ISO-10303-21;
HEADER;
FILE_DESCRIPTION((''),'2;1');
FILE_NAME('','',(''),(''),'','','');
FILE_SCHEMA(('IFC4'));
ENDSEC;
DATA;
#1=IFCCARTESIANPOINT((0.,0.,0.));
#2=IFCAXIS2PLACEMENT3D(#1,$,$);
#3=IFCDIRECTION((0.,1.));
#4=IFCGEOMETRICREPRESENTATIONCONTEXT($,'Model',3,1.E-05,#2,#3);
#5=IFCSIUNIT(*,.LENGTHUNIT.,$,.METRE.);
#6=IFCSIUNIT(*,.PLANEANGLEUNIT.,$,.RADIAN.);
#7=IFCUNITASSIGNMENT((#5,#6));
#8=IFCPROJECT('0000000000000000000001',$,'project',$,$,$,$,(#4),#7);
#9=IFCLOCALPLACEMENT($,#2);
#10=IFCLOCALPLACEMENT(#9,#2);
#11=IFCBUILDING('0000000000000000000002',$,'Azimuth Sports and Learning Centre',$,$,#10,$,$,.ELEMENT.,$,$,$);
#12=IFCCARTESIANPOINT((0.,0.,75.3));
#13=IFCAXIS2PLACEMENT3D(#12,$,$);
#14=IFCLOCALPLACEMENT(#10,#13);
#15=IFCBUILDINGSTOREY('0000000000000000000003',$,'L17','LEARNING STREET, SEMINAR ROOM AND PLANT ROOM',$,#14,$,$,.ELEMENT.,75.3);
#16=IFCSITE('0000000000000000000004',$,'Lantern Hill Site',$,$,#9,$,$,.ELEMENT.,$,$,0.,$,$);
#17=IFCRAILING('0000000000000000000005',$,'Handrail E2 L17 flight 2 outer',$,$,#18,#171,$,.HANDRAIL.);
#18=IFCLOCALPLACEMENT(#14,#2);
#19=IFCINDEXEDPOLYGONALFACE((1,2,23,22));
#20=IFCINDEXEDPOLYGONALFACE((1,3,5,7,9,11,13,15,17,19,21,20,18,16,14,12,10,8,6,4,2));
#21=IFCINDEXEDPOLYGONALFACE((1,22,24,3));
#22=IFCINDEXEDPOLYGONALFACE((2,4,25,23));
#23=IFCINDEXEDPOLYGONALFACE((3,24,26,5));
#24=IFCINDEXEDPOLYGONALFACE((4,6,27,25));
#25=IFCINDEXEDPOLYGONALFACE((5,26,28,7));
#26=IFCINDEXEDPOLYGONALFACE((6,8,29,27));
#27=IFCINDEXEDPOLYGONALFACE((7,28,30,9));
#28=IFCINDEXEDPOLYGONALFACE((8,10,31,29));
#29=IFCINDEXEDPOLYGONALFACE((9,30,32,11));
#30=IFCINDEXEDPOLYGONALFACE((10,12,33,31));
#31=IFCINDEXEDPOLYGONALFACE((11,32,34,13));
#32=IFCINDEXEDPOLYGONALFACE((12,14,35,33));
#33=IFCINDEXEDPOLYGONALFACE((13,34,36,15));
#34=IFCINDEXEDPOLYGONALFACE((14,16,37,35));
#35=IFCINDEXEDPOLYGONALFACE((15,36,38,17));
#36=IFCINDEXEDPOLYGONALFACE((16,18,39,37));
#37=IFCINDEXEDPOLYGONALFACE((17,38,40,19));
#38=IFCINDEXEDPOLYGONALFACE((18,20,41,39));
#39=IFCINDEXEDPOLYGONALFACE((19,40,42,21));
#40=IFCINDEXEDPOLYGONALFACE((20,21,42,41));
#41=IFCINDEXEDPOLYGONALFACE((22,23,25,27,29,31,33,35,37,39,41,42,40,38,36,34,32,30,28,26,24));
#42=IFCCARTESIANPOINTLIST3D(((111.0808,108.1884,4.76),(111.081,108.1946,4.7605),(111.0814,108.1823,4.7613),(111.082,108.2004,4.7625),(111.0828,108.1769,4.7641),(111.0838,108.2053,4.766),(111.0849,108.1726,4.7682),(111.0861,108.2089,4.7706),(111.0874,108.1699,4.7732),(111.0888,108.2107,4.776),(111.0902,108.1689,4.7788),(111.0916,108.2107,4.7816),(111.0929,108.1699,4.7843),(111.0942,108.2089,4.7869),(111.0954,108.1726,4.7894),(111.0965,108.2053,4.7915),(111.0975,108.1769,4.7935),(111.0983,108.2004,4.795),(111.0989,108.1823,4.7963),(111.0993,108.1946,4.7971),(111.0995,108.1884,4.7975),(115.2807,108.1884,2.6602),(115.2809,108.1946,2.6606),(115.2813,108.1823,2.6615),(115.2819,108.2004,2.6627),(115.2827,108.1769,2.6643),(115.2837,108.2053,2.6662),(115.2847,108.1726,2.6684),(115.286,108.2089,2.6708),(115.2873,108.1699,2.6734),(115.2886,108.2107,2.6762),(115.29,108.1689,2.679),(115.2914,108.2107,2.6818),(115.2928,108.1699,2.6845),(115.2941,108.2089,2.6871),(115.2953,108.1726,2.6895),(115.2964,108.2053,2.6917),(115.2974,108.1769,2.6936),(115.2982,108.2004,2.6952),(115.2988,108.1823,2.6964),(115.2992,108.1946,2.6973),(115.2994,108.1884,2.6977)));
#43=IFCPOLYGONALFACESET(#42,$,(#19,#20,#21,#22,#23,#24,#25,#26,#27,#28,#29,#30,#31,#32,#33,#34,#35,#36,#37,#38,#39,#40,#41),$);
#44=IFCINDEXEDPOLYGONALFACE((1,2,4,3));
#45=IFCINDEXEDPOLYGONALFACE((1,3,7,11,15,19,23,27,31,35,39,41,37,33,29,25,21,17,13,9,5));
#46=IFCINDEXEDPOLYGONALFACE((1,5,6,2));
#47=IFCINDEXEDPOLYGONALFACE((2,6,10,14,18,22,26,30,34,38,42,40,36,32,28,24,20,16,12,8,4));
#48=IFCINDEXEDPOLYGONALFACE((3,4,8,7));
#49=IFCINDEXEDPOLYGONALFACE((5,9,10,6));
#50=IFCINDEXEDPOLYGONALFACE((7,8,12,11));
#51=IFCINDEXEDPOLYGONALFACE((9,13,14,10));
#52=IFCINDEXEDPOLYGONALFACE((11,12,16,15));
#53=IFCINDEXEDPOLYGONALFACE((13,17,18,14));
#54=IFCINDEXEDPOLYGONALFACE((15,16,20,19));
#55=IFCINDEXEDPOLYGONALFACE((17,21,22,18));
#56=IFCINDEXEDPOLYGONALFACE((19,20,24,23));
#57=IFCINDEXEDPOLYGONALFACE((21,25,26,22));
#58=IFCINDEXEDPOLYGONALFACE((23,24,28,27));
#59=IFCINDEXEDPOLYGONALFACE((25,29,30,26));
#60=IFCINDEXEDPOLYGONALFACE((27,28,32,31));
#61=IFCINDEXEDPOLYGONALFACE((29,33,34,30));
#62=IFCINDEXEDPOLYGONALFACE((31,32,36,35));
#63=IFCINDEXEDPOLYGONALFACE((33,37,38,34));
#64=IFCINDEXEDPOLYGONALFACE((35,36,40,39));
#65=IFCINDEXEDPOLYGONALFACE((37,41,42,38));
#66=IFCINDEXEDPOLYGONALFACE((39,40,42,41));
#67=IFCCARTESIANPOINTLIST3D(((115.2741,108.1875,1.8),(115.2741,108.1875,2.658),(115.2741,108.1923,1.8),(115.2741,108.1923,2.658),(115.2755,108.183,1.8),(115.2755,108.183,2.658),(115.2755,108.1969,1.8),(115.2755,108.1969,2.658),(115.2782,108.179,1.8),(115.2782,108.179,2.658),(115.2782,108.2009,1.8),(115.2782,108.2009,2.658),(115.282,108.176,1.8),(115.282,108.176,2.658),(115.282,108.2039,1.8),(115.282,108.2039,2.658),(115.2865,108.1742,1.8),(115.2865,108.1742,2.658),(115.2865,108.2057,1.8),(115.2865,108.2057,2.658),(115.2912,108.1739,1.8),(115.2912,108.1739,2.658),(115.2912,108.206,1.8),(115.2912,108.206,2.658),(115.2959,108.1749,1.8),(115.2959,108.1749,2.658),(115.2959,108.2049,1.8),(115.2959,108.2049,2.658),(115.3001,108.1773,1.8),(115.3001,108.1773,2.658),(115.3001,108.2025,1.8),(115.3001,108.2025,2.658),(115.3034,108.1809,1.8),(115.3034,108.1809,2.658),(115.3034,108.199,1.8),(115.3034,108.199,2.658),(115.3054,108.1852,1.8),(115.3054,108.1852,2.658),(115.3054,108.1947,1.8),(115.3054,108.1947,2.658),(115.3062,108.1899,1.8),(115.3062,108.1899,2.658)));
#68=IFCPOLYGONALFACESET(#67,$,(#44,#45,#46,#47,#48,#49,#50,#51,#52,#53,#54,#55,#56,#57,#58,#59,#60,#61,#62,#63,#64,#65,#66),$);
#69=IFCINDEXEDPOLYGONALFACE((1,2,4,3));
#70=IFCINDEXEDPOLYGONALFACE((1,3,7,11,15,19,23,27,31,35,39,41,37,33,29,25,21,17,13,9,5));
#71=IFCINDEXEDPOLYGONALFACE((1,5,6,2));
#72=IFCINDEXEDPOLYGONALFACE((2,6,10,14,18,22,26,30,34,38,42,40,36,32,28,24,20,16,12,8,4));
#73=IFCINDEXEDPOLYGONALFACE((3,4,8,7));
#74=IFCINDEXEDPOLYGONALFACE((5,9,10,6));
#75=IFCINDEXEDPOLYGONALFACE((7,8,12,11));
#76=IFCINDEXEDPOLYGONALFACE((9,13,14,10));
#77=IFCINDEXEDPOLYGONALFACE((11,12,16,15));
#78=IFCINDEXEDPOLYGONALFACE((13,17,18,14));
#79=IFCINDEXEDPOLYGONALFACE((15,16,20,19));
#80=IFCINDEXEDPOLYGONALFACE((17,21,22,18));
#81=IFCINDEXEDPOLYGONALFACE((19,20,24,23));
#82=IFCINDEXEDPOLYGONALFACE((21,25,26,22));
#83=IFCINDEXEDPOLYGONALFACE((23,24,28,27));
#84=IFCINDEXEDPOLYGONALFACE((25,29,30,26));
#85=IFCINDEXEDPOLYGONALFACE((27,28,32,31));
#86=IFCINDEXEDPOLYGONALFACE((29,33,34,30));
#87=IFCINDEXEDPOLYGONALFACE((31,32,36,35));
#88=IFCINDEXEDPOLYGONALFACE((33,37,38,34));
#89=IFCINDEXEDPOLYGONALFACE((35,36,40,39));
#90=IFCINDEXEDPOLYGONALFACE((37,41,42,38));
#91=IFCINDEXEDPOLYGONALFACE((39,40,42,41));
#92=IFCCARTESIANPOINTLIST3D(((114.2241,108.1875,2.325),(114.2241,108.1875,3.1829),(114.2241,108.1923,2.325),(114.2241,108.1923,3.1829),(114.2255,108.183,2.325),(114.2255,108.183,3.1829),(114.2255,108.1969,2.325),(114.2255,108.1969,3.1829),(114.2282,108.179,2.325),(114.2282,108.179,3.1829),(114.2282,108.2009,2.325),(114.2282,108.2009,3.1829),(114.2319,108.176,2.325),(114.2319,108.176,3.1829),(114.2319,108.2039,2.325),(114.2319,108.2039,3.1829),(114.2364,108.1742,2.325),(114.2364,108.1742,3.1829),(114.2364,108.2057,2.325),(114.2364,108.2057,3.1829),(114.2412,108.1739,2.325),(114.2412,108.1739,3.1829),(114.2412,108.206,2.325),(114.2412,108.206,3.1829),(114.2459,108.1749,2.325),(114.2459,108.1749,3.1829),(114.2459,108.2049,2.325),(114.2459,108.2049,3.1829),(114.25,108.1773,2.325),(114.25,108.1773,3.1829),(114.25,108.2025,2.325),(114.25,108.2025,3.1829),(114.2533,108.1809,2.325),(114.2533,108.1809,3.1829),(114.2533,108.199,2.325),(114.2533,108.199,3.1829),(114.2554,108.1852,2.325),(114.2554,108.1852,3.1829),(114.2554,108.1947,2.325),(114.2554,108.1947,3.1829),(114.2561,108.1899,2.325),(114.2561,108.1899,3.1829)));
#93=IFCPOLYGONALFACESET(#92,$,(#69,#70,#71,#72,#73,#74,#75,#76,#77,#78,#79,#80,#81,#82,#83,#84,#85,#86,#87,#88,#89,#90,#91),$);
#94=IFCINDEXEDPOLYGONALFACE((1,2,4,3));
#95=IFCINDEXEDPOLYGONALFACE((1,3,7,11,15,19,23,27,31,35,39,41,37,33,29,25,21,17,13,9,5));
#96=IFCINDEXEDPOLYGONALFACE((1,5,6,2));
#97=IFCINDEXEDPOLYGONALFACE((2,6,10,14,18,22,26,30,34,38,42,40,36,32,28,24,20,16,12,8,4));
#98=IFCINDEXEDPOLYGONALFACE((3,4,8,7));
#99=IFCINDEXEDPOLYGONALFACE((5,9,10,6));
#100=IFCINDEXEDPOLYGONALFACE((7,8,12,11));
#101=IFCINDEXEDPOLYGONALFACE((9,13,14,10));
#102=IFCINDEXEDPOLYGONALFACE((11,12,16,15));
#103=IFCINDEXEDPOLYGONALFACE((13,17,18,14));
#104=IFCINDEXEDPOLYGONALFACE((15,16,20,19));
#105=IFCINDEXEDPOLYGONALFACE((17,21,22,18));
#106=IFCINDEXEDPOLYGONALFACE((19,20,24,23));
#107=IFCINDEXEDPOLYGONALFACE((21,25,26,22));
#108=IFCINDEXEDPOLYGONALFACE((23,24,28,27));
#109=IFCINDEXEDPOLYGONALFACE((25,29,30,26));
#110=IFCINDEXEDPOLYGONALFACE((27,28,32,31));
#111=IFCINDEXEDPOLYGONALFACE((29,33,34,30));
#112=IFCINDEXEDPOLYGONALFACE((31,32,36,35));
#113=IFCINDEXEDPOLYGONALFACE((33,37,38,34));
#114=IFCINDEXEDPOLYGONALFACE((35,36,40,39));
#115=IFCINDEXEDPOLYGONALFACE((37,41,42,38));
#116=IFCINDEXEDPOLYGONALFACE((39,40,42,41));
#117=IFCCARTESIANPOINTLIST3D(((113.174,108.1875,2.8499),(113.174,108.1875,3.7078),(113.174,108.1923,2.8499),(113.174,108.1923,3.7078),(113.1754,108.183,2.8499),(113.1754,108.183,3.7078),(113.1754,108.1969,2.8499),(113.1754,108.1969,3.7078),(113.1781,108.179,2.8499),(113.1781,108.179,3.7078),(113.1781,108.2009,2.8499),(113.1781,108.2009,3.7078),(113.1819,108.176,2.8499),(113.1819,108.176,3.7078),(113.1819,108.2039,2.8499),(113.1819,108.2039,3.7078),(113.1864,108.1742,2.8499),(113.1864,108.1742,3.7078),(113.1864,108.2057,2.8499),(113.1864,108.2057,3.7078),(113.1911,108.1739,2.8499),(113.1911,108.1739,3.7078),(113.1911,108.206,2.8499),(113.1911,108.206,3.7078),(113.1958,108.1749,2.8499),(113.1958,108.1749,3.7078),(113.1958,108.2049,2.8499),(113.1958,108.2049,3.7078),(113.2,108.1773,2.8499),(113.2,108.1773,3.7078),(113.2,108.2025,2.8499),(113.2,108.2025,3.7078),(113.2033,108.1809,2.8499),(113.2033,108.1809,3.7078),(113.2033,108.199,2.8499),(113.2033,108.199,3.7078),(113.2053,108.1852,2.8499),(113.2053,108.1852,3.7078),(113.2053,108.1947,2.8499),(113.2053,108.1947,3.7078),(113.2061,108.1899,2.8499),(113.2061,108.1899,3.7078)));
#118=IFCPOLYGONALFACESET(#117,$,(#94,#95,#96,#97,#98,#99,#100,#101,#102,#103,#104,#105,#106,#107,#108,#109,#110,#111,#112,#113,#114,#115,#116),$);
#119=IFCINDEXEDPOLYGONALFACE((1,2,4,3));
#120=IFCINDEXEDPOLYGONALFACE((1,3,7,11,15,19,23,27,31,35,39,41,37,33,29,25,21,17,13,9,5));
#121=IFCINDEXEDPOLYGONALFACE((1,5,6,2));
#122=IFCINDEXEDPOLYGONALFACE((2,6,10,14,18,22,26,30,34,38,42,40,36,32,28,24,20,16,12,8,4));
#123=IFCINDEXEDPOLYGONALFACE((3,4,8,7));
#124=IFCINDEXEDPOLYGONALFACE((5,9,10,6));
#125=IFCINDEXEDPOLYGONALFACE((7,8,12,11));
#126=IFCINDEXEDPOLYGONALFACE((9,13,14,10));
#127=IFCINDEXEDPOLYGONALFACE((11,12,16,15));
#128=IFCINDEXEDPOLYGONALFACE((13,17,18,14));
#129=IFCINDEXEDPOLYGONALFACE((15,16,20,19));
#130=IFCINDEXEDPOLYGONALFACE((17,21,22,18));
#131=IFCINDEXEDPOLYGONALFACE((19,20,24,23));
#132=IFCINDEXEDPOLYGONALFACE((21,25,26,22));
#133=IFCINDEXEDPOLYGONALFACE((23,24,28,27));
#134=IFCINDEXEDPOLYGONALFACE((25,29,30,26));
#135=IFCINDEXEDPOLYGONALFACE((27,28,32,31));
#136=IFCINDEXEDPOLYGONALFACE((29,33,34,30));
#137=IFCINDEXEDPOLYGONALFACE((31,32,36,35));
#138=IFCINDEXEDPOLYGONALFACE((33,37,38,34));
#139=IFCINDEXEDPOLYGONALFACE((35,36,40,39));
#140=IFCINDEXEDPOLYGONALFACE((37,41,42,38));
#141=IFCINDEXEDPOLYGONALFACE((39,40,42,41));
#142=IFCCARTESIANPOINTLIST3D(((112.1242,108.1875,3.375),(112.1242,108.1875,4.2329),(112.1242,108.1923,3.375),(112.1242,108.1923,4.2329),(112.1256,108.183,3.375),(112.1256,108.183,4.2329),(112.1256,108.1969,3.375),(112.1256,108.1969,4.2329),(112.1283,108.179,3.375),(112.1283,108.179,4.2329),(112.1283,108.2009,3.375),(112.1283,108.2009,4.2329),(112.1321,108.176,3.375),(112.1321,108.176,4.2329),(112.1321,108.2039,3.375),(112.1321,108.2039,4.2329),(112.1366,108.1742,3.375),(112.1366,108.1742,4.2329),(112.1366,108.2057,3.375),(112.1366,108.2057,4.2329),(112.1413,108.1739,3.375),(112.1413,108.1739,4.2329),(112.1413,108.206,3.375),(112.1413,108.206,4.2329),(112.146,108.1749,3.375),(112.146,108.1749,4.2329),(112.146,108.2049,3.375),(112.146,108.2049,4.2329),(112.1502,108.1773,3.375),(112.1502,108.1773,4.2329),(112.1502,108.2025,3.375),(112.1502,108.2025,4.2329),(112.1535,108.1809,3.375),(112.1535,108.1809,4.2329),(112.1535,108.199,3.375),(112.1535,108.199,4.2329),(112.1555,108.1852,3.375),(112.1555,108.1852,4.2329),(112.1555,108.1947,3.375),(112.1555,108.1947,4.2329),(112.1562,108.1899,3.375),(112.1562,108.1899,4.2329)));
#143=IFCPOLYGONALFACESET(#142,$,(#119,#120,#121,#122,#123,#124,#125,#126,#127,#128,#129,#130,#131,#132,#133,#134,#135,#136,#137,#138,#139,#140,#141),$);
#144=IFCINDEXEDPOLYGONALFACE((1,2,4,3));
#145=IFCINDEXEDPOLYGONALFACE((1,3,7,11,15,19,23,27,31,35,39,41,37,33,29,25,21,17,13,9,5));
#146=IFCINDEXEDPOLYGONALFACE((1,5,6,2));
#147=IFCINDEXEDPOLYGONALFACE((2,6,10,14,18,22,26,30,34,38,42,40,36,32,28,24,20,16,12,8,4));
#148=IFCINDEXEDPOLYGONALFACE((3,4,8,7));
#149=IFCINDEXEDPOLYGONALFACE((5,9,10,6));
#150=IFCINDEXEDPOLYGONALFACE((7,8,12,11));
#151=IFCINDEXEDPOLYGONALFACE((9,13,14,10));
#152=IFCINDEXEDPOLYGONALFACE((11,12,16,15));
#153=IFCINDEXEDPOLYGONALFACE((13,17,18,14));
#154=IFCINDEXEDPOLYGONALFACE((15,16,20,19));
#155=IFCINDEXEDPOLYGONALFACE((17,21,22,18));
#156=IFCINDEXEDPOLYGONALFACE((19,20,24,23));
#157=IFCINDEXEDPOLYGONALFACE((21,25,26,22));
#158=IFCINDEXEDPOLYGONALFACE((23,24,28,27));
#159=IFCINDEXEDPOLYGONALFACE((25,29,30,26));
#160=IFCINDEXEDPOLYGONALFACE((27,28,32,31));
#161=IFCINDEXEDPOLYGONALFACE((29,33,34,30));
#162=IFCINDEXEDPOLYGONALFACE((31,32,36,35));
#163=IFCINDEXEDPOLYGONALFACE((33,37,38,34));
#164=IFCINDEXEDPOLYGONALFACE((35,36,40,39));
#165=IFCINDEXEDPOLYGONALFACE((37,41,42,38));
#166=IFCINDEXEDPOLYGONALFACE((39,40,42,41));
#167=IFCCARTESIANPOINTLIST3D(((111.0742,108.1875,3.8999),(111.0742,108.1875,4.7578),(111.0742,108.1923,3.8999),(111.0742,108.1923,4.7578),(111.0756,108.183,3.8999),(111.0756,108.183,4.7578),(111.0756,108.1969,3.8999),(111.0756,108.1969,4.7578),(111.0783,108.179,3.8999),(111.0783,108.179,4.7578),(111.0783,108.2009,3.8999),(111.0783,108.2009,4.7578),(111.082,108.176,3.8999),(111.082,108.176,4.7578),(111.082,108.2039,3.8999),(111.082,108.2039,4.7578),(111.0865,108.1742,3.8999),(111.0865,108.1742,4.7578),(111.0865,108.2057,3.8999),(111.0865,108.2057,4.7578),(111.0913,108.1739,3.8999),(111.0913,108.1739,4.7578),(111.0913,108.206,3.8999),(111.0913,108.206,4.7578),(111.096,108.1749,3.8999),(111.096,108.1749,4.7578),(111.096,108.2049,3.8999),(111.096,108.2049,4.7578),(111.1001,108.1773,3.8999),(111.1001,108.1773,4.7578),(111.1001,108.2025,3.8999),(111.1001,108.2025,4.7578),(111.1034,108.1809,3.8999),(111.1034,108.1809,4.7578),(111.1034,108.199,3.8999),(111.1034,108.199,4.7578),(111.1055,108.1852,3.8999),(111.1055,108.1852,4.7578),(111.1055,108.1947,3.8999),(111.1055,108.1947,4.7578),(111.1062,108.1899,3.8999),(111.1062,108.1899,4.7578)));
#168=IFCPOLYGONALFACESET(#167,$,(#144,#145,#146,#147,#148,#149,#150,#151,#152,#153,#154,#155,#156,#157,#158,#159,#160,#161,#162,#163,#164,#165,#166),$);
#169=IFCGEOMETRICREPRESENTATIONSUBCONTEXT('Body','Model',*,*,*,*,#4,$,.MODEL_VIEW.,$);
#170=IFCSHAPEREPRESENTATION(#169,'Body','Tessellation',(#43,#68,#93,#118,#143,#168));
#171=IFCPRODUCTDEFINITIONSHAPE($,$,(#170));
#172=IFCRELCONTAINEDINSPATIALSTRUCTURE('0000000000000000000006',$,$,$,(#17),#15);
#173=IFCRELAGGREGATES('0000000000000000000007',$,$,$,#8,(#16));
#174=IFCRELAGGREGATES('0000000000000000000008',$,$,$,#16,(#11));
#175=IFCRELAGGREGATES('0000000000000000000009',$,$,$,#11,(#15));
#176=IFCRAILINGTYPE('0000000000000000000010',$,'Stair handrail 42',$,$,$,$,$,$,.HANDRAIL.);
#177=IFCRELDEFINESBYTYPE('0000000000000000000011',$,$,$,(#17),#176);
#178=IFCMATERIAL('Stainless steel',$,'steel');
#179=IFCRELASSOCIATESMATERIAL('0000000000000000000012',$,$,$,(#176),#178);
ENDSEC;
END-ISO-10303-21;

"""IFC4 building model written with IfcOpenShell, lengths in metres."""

from ifc_helpers import new_model, si_unit, direction, frame, origin, origin_2d, place, context, subcontext, project, spatial, circle, extrude, material, type_object, element, save


model = new_model("IFC4")

# Units and contexts
model_context = context("Model", 3, precision=1e-05, world=origin(), true_north=direction((0.0, 1.0)))
body_context = subcontext(model_context, "Body", "Model", "MODEL_VIEW")
ifc_project = project(units=[si_unit("LENGTHUNIT", "METRE"), si_unit("PLANEANGLEUNIT", "RADIAN")], contexts=[model_context])

# Site, building, storey
site_placement = place(None, origin())
site = spatial("IfcSite", under=ifc_project, at=site_placement, Name="Lantern Hill Site", CompositionType="ELEMENT", RefElevation=0.0)
building_placement = place(site_placement, origin())
building = spatial("IfcBuilding", under=site, at=building_placement, Name="Azimuth Sports and Learning Centre", CompositionType="ELEMENT")
storey_placement = place(building_placement, frame((0.0, 0.0, 75.3)))
storey = spatial("IfcBuildingStorey", under=building, at=storey_placement, Name="L17", Description="LEARNING STREET, SEMINAR ROOM AND PLANT ROOM", CompositionType="ELEMENT", Elevation=75.3)

# Railing
ifc_material_1 = material(Name="Stainless steel", Category="steel")
railing_type = type_object("IfcRailingType", Name="Stair handrail 42", PredefinedType="HANDRAIL", material=ifc_material_1)
railing_placement = place(storey_placement, frame((115.29, 108.1899, 1.8)))
element("IfcRailing", 1, at=railing_placement, inside=storey, type_object=railing_type, Name="Handrail E2 L17 flight 2 outer", PredefinedType="HANDRAIL", context=body_context, shape_type="SweptSolid", body=[
    extrude(circle(Radius=0.021, at=origin_2d()), frame((0.0, 0.0, 0.8789), z_axis=(-0.894438, 0.0, 0.447193), x_axis=(0.0, -1.0, 0.0)), (0.0, 0.0, 1.0), 4.6956),
    extrude(circle(Radius=0.0161, at=origin_2d()), origin(), (0.0, 0.0, 1.0), 0.8579),
    extrude(circle(Radius=0.0161, at=origin_2d()), frame((-1.05, 0.0, 0.5249)), (0.0, 0.0, 1.0), 0.8579),
    extrude(circle(Radius=0.0161, at=origin_2d()), frame((-2.1001, 0.0, 1.0498)), (0.0, 0.0, 1.0), 0.8579),
    extrude(circle(Radius=0.0161, at=origin_2d()), frame((-3.1499, 0.0, 1.575)), (0.0, 0.0, 1.0), 0.8579),
    extrude(circle(Radius=0.0161, at=origin_2d()), frame((-4.2, 0.0, 2.0999)), (0.0, 0.0, 1.0), 0.8579),
])

save(model, "model.ifc")
